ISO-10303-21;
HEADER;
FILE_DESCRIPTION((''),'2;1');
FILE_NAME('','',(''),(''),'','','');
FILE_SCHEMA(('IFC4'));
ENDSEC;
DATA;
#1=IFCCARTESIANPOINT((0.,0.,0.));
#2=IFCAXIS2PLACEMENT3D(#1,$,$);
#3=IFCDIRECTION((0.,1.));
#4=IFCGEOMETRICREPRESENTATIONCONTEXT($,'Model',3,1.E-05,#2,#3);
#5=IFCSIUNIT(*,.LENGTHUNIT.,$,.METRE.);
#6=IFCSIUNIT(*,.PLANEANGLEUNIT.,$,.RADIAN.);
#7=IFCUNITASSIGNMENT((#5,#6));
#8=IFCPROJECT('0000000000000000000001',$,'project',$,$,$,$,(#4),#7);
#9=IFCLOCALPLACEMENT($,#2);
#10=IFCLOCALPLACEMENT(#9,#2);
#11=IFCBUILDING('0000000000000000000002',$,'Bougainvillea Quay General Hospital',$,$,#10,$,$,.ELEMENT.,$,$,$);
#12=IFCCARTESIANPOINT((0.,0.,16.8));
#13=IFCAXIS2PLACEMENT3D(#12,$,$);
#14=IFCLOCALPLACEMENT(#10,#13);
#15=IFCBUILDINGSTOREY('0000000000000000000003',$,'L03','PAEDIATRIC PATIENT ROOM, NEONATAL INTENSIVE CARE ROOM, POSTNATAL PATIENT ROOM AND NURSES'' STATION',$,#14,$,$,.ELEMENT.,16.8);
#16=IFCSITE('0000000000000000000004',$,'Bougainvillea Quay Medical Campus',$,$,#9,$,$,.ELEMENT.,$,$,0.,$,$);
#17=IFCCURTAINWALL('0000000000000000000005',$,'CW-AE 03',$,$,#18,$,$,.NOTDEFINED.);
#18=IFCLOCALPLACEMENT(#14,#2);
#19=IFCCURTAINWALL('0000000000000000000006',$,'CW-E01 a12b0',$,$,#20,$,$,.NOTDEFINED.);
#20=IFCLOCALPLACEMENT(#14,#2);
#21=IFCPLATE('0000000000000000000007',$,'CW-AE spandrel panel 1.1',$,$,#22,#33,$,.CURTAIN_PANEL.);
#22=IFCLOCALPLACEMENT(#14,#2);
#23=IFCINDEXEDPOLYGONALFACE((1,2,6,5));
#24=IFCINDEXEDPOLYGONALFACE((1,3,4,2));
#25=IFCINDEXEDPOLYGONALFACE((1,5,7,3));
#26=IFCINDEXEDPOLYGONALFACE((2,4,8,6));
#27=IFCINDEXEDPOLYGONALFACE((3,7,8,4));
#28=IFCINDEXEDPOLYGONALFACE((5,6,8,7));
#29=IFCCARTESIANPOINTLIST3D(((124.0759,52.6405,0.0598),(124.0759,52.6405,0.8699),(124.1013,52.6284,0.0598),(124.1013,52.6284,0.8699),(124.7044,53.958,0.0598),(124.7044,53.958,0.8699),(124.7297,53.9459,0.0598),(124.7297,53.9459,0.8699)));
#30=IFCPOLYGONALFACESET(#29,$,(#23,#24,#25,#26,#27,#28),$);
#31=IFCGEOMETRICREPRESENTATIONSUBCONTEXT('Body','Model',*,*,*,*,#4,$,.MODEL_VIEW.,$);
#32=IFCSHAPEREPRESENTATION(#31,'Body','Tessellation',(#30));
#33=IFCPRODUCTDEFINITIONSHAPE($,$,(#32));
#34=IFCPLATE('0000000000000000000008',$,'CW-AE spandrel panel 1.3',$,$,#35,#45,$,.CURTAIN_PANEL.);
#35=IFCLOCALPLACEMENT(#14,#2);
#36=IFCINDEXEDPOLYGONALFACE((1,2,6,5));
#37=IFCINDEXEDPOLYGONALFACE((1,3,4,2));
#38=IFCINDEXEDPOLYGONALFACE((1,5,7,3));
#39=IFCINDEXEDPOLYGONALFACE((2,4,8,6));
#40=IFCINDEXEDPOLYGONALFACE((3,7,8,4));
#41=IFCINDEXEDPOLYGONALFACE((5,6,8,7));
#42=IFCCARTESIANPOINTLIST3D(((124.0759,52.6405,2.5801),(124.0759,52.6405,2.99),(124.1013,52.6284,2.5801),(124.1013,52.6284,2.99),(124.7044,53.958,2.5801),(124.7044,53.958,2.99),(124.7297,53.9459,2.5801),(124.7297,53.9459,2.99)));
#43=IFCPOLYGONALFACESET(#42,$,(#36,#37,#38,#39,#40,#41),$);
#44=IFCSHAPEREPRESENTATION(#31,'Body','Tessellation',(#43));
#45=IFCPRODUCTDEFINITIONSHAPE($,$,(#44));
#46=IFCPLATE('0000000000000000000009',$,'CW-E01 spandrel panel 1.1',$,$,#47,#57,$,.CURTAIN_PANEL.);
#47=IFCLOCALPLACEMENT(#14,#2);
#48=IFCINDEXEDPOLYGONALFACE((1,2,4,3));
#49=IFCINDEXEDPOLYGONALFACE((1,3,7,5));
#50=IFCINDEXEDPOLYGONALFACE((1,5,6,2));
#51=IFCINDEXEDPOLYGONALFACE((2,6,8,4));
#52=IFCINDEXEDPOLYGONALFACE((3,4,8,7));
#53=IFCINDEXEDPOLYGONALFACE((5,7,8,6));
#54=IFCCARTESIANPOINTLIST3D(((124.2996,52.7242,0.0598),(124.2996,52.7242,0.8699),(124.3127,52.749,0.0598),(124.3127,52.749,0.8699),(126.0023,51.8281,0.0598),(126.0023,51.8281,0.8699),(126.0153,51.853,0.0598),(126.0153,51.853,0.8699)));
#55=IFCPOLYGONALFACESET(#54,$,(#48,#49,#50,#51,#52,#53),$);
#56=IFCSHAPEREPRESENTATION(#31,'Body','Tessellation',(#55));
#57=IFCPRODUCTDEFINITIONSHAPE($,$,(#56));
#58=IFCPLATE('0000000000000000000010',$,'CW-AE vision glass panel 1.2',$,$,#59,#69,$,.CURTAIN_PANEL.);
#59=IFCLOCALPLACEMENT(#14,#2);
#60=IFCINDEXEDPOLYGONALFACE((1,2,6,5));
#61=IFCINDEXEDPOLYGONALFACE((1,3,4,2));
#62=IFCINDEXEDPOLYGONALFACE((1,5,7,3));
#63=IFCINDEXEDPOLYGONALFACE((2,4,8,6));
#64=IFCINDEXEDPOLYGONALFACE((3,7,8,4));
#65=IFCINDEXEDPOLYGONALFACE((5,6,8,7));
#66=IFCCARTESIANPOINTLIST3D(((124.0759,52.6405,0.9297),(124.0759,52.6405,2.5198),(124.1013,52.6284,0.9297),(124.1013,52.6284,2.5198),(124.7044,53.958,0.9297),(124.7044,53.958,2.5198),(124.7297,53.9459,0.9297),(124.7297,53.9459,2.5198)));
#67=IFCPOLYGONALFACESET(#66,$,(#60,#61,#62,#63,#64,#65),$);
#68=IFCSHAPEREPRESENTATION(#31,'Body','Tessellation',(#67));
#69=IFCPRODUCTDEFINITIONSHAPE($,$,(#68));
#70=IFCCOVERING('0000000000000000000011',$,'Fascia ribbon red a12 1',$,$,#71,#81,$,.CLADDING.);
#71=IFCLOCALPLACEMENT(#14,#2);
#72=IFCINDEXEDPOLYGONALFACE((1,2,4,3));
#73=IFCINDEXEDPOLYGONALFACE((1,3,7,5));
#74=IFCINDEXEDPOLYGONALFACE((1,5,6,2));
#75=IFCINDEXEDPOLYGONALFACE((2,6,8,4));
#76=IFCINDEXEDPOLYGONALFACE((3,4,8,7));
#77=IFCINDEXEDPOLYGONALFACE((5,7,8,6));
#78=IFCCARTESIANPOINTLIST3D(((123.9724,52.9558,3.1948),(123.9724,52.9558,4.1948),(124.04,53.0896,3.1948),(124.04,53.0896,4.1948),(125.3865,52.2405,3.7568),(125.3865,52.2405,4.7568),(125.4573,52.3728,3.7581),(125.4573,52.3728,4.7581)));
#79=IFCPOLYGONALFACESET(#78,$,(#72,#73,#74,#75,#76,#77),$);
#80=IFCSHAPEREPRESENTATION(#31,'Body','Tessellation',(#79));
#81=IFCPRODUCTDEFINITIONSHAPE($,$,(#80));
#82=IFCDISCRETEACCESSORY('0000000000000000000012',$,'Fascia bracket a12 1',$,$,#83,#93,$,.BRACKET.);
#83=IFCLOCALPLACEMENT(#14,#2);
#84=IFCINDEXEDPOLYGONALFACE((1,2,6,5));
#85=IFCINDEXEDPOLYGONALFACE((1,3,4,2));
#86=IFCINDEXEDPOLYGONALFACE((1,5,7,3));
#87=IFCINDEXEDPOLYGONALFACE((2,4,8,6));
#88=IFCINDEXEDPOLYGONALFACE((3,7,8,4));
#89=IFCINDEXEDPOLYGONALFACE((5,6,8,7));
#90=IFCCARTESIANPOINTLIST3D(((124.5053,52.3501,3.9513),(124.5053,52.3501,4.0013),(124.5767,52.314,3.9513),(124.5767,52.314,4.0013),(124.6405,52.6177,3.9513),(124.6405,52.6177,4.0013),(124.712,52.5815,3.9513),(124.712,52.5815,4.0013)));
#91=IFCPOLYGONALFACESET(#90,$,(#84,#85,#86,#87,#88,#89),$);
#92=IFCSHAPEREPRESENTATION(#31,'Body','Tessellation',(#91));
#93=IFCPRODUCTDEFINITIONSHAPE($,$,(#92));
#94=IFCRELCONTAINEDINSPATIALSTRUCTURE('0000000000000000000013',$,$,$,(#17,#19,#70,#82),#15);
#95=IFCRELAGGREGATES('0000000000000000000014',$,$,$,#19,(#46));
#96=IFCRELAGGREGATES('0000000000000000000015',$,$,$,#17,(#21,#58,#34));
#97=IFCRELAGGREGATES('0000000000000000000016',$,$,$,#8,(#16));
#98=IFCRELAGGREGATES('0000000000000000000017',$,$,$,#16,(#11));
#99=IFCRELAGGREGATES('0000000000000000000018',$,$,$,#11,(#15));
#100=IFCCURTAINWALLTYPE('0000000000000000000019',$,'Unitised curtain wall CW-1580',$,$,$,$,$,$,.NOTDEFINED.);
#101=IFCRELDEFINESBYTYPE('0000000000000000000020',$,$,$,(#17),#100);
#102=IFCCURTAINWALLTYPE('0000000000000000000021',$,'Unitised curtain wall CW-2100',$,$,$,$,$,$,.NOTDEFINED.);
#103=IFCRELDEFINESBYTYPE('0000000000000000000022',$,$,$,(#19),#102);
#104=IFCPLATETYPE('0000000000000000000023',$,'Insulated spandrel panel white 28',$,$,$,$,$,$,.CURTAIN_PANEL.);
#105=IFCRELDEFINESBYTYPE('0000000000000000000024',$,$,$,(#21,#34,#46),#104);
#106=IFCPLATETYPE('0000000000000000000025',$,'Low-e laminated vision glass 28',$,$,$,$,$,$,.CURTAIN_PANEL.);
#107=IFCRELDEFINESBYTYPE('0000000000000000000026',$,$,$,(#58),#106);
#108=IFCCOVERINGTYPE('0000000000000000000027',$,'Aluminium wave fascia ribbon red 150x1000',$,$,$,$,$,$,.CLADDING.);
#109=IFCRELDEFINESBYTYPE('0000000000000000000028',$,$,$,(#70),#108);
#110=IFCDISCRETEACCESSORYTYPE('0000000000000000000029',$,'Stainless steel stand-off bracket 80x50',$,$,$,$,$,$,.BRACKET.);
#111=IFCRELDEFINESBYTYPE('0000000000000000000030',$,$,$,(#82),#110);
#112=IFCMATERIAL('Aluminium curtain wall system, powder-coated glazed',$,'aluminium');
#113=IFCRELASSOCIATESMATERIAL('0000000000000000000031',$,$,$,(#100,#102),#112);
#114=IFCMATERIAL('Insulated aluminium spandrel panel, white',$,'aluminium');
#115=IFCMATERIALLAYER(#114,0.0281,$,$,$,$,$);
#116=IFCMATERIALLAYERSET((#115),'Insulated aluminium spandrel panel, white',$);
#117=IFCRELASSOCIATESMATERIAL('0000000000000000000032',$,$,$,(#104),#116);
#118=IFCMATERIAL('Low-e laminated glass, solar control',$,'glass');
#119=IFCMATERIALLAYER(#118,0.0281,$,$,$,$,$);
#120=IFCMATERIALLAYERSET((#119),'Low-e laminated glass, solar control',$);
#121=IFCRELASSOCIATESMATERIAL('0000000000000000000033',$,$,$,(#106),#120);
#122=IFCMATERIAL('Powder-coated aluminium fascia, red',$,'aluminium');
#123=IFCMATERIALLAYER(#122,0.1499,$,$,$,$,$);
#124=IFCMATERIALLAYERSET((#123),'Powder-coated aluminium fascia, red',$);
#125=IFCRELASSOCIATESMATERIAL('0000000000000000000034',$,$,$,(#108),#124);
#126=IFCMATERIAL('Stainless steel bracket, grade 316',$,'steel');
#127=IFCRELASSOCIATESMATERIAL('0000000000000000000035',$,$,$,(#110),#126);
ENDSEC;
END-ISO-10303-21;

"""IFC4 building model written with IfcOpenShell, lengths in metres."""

from ifc_helpers import new_model, si_unit, direction, frame, origin, origin_2d, place, context, subcontext, project, spatial, polyline, rectangle, outline, extrude, material, layer, layer_set, material_profile, profile_set, type_object, element, aggregate, save


model = new_model("IFC4")

# Units and contexts
model_context = context("Model", 3, precision=1e-05, world=origin(), true_north=direction((0.0, 1.0)))
body_context = subcontext(model_context, "Body", "Model", "MODEL_VIEW")
ifc_project = project(units=[si_unit("LENGTHUNIT", "METRE"), si_unit("PLANEANGLEUNIT", "RADIAN")], contexts=[model_context])

# Site, building, storey
site_placement = place(None, origin())
site = spatial("IfcSite", under=ifc_project, at=site_placement, Name="Bougainvillea Quay Medical Campus", CompositionType="ELEMENT", RefElevation=0.0)
building_placement = place(site_placement, origin())
building = spatial("IfcBuilding", under=site, at=building_placement, Name="Bougainvillea Quay General Hospital", CompositionType="ELEMENT")
storey_placement = place(building_placement, frame((0.0, 0.0, 16.8)))
storey = spatial("IfcBuildingStorey", under=building, at=storey_placement, Name="L03", Description="PAEDIATRIC PATIENT ROOM, NEONATAL INTENSIVE CARE ROOM, POSTNATAL PATIENT ROOM AND NURSES' STATION", CompositionType="ELEMENT", Elevation=16.8)

# Shared definitions
ifc_material_1 = material(Name="Aluminium curtain wall system, powder-coated glazed", Category="aluminium")

# Curtain wall
curtain_wall_type_1 = type_object("IfcCurtainWallType", Name="Unitised curtain wall CW-1580", PredefinedType="NOTDEFINED", material=ifc_material_1)
curtain_wall_1_placement = place(storey_placement, origin())
curtain_wall_1 = element("IfcCurtainWall", 1, at=curtain_wall_1_placement, inside=storey, type_object=curtain_wall_type_1, Name="CW-AE 03", PredefinedType="NOTDEFINED")

# Curtain wall
curtain_wall_type_2 = type_object("IfcCurtainWallType", Name="Unitised curtain wall CW-2100", PredefinedType="NOTDEFINED", material=ifc_material_1)
curtain_wall_2_placement = place(storey_placement, origin())
curtain_wall_2 = element("IfcCurtainWall", 2, at=curtain_wall_2_placement, inside=storey, type_object=curtain_wall_type_2, Name="CW-E01 a12b0", PredefinedType="NOTDEFINED")

# Plates
ifc_material_2 = material(Name="Insulated aluminium spandrel panel, white", Category="aluminium")
ifc_layer_1 = layer(ifc_material_2, 0.0281)
ifc_layer_set_1 = layer_set([ifc_layer_1], Name="Insulated aluminium spandrel panel, white")
plate_type_1 = type_object("IfcPlateType", Name="Insulated spandrel panel white 28", PredefinedType="CURTAIN_PANEL", material=ifc_layer_set_1)
plate_1_placement = place(storey_placement, frame((124.4028, 53.2932, 0.0598), z_axis=(0.0, 0.0, 1.0), x_axis=(-0.430525, -0.902578, 0.0)))
plate_1 = element("IfcPlate", 3, at=plate_1_placement, type_object=plate_type_1, Name="CW-AE spandrel panel 1.1", PredefinedType="CURTAIN_PANEL", context=body_context, shape_type="SweptSolid", body=[
    extrude(rectangle(XDim=1.4597, YDim=0.0281, at=origin_2d()), origin(), (0.0, 0.0, 1.0), 0.8101),
])
plate_2_placement = place(storey_placement, frame((124.4028, 53.2932, 2.5801), z_axis=(0.0, 0.0, 1.0), x_axis=(-0.430525, -0.902578, 0.0)))
plate_2 = element("IfcPlate", 4, at=plate_2_placement, type_object=plate_type_1, Name="CW-AE spandrel panel 1.3", PredefinedType="CURTAIN_PANEL", context=body_context, shape_type="SweptSolid", body=[
    extrude(rectangle(XDim=1.4597, YDim=0.0281, at=origin_2d()), origin(), (0.0, 0.0, 1.0), 0.4099),
])
plate_3_placement = place(storey_placement, frame((125.1575, 52.2886, 0.0598), z_axis=(0.0, 0.0, 1.0), x_axis=(0.884929, -0.465726, 0.0)))
plate_3 = element("IfcPlate", 5, at=plate_3_placement, type_object=plate_type_1, Name="CW-E01 spandrel panel 1.1", PredefinedType="CURTAIN_PANEL", context=body_context, shape_type="SweptSolid", body=[
    extrude(rectangle(XDim=1.9241, YDim=0.0281, at=origin_2d()), origin(), (0.0, 0.0, 1.0), 0.8101),
])
aggregate(curtain_wall_2, [plate_3])
ifc_material_3 = material(Name="Low-e laminated glass, solar control", Category="glass")
ifc_layer_2 = layer(ifc_material_3, 0.0281)
ifc_layer_set_2 = layer_set([ifc_layer_2], Name="Low-e laminated glass, solar control")
plate_type_2 = type_object("IfcPlateType", Name="Low-e laminated vision glass 28", PredefinedType="CURTAIN_PANEL", material=ifc_layer_set_2)
plate_4_placement = place(storey_placement, frame((124.4028, 53.2932, 0.9297), z_axis=(0.0, 0.0, 1.0), x_axis=(-0.430525, -0.902578, 0.0)))
plate_4 = element("IfcPlate", 6, at=plate_4_placement, type_object=plate_type_2, Name="CW-AE vision glass panel 1.2", PredefinedType="CURTAIN_PANEL", context=body_context, shape_type="SweptSolid", body=[
    extrude(rectangle(XDim=1.4597, YDim=0.0281, at=origin_2d()), origin(), (0.0, 0.0, 1.0), 1.5901),
])
aggregate(curtain_wall_1, [plate_1, plate_4, plate_2])

# Covering
ifc_material_4 = material(Name="Powder-coated aluminium fascia, red", Category="aluminium")
ifc_layer_3 = layer(ifc_material_4, 0.1499)
ifc_layer_set_3 = layer_set([ifc_layer_3], Name="Powder-coated aluminium fascia, red")
covering_type = type_object("IfcCoveringType", Name="Aluminium wave fascia ribbon red 150x1000", PredefinedType="CLADDING", material=ifc_layer_set_3)
covering_placement = place(storey_placement, frame((123.9724, 52.9558, 3.1948), z_axis=(-0.298277, 0.150835, 0.942486), x_axis=(0.841001, -0.425437, 0.334246)))
element("IfcCovering", 7, at=covering_placement, inside=storey, type_object=covering_type, Name="Fascia ribbon red a12 1", PredefinedType="CLADDING", context=body_context, shape_type="SweptSolid", body=[
    extrude(outline(polyline([(0.0, 0.0), (1.6814, 0.0), (1.6851, 0.15), (0.0, 0.1499), (0.0, 0.0)])), origin(), (0.334246, 0.000045, 0.942486), 1.0),
])

# Discrete accessory
ifc_material_5 = material(Name="Stainless steel bracket, grade 316", Category="steel")
ifc_material_profile_1 = material_profile(ifc_material_5, rectangle(XDim=0.0801, YDim=0.05, at=origin_2d()))
ifc_profile_set_1 = profile_set([ifc_material_profile_1], Name="Stainless steel bracket, grade 316")
discrete_accessory_type = type_object("IfcDiscreteAccessoryType", Name="Stainless steel stand-off bracket 80x50", PredefinedType="BRACKET", material=ifc_profile_set_1)
discrete_accessory_placement = place(storey_placement, frame((124.541, 52.332, 3.9763), z_axis=(0.451118, 0.892464, 0.0), x_axis=(-0.892464, 0.451118, 0.0)))
element("IfcDiscreteAccessory", 8, at=discrete_accessory_placement, inside=storey, type_object=discrete_accessory_type, Name="Fascia bracket a12 1", PredefinedType="BRACKET", context=body_context, shape_type="SweptSolid", body=[
    extrude(rectangle(XDim=0.0801, YDim=0.05, at=origin_2d()), origin(), (0.0, 0.0, 1.0), 0.2998),
])

save(model, "model.ifc")
